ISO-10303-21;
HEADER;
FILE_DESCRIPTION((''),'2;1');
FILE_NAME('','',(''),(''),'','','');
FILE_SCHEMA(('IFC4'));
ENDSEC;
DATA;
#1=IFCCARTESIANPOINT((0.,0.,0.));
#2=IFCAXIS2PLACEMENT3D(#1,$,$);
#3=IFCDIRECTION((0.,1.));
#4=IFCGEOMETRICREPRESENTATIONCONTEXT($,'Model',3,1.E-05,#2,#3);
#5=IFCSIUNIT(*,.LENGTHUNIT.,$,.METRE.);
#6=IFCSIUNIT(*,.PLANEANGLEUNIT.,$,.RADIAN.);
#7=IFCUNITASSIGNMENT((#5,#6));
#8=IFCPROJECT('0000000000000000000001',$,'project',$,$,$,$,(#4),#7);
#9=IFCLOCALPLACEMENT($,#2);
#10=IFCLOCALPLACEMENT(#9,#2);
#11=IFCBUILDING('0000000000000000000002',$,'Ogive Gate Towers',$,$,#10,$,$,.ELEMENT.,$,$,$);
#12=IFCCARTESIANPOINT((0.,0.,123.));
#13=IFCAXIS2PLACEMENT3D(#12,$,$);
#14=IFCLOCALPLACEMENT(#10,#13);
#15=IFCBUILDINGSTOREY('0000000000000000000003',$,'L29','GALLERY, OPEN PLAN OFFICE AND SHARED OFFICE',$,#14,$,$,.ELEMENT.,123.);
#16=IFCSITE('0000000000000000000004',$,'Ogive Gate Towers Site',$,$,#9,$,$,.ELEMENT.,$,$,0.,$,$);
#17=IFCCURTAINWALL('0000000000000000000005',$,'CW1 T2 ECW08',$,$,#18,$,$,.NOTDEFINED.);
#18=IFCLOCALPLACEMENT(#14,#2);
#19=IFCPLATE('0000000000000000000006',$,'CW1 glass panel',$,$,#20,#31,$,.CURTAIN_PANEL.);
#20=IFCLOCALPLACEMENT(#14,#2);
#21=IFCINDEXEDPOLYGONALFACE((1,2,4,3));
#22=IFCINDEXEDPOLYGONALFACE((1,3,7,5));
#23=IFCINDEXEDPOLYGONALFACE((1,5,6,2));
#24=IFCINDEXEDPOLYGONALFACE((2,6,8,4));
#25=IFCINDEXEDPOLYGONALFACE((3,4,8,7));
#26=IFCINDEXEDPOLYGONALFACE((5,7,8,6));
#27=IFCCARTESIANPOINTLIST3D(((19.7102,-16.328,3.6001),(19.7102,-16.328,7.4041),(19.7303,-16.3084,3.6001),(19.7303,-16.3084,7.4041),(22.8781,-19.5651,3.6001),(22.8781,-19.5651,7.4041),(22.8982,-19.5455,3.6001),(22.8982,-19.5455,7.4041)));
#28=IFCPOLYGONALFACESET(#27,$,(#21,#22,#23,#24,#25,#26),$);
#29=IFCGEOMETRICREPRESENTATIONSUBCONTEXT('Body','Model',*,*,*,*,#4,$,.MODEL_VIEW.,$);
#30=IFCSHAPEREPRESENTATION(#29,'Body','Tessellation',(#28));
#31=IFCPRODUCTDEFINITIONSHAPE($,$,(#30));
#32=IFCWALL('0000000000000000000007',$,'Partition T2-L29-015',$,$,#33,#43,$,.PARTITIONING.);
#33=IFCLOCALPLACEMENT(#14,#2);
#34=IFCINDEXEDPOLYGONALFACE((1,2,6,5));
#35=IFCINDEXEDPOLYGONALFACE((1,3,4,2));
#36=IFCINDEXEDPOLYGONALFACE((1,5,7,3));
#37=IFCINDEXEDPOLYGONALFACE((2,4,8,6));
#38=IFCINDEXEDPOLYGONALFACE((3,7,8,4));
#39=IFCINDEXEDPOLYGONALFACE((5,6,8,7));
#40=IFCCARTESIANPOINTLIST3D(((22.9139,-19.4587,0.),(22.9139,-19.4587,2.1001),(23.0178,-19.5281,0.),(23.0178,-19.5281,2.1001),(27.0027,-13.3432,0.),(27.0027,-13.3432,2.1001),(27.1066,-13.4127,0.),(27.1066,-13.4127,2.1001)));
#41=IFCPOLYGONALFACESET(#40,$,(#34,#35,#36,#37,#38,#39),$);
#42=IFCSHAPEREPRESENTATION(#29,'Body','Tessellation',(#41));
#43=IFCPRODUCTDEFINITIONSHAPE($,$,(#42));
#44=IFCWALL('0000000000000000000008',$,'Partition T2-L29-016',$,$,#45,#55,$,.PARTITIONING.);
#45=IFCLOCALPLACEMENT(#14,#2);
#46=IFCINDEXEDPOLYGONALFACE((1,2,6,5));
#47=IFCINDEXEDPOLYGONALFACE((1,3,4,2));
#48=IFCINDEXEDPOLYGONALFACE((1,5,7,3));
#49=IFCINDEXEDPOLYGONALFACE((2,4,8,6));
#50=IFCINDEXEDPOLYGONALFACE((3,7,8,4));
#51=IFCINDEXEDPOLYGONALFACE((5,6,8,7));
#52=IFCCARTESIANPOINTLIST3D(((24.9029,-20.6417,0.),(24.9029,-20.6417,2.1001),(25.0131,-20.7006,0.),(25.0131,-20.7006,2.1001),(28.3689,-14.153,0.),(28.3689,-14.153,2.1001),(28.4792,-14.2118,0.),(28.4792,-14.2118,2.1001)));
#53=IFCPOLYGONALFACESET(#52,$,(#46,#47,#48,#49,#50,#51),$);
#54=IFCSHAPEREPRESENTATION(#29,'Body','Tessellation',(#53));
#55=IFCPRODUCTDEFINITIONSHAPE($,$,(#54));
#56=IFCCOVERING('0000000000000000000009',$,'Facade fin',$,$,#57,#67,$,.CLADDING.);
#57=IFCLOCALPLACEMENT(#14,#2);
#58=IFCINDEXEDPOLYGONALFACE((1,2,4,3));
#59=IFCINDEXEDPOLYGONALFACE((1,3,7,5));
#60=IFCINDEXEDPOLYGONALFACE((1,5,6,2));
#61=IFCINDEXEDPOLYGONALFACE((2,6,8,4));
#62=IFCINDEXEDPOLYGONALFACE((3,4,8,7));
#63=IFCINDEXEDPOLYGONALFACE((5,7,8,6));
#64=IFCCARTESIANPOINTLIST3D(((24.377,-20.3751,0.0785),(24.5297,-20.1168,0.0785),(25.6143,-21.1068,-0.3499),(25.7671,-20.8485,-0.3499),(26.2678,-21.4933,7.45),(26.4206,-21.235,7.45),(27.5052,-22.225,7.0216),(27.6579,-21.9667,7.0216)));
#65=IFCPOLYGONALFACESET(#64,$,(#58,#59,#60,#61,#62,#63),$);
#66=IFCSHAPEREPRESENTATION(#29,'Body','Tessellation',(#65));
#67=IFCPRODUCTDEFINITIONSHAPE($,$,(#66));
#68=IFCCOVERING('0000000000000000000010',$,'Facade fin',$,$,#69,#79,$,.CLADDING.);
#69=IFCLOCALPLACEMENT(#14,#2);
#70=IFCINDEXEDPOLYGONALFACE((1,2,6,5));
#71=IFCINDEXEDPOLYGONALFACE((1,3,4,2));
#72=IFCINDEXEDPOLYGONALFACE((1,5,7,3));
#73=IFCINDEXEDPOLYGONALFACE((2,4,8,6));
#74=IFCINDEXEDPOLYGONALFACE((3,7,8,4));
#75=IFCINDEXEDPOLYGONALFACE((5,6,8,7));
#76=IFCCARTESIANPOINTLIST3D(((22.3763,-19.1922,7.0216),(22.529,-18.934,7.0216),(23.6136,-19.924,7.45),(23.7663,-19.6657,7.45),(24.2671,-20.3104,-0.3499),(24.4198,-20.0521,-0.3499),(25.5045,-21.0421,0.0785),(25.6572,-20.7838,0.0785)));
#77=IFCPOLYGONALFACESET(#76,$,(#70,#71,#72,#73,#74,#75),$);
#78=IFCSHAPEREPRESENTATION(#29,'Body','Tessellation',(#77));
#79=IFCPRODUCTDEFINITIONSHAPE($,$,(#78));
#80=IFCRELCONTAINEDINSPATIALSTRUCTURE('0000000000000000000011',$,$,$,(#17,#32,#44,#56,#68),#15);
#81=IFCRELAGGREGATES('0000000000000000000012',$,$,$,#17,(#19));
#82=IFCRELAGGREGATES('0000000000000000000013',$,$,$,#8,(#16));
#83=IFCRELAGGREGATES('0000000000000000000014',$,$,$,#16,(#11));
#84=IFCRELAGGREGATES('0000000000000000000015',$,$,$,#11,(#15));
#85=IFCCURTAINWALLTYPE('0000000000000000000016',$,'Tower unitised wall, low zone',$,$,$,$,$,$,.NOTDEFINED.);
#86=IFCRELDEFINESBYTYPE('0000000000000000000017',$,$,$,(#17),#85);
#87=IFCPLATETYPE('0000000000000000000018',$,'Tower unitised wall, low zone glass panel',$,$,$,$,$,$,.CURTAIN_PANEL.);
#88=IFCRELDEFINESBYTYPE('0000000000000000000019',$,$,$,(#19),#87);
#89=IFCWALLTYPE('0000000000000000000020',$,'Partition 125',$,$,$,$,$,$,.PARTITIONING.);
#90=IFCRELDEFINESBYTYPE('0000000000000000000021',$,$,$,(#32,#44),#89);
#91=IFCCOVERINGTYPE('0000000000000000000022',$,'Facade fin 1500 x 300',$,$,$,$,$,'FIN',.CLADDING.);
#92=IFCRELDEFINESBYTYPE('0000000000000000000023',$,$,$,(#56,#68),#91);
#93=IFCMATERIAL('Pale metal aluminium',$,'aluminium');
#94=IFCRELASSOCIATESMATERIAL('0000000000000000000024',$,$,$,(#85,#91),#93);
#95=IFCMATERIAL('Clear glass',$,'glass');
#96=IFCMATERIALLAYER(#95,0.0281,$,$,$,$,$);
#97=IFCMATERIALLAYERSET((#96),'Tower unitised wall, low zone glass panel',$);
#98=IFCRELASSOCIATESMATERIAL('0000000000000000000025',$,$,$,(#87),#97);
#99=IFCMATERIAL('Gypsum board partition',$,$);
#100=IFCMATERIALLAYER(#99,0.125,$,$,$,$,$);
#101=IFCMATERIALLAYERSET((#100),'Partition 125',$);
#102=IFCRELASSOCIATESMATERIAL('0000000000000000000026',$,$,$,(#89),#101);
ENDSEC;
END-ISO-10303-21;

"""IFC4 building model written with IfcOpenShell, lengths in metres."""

from ifc_helpers import new_model, si_unit, direction, frame, frame_2d, origin, origin_2d, place, context, subcontext, project, spatial, rectangle, extrude, material, layer, layer_set, material_profile, profile_set, type_object, element, aggregate, save


model = new_model("IFC4")

# Units and contexts
model_context = context("Model", 3, precision=1e-05, world=origin(), true_north=direction((0.0, 1.0)))
body_context = subcontext(model_context, "Body", "Model", "MODEL_VIEW")
ifc_project = project(units=[si_unit("LENGTHUNIT", "METRE"), si_unit("PLANEANGLEUNIT", "RADIAN")], contexts=[model_context])

# Site, building, storey
site_placement = place(None, origin())
site = spatial("IfcSite", under=ifc_project, at=site_placement, Name="Ogive Gate Towers Site", CompositionType="ELEMENT", RefElevation=0.0)
building_placement = place(site_placement, origin())
building = spatial("IfcBuilding", under=site, at=building_placement, Name="Ogive Gate Towers", CompositionType="ELEMENT")
storey_placement = place(building_placement, frame((0.0, 0.0, 123.0)))
storey = spatial("IfcBuildingStorey", under=building, at=storey_placement, Name="L29", Description="GALLERY, OPEN PLAN OFFICE AND SHARED OFFICE", CompositionType="ELEMENT", Elevation=123.0)

# Shared definitions
ifc_material_1 = material(Name="Pale metal aluminium", Category="aluminium")
curtain_wall_type = type_object("IfcCurtainWallType", Name="Tower unitised wall, low zone", PredefinedType="NOTDEFINED", material=ifc_material_1)

# Curtain wall, plate
curtain_wall_1_placement = place(storey_placement, origin())
curtain_wall_1 = element("IfcCurtainWall", 1, at=curtain_wall_1_placement, inside=storey, type_object=curtain_wall_type, Name="CW1 T2 ECW08", PredefinedType="NOTDEFINED")
ifc_material_2 = material(Name="Clear glass", Category="glass")
ifc_layer_1 = layer(ifc_material_2, 0.0281)
ifc_layer_set_1 = layer_set([ifc_layer_1], Name="Tower unitised wall, low zone glass panel")
plate_type = type_object("IfcPlateType", Name="Tower unitised wall, low zone glass panel", PredefinedType="CURTAIN_PANEL", material=ifc_layer_set_1)
plate_1_placement = place(storey_placement, frame((21.3042, -17.9368, 3.6001), z_axis=(0.0, 0.0, 1.0), x_axis=(-0.699426, 0.714705, 0.0)))
plate_1 = element("IfcPlate", 2, at=plate_1_placement, type_object=plate_type, Name="CW1 glass panel", PredefinedType="CURTAIN_PANEL", context=body_context, shape_type="SweptSolid", body=[
    extrude(rectangle(XDim=4.5293, YDim=0.0281, at=origin_2d()), origin(), (0.0, 0.0, 1.0), 3.804),
])
aggregate(curtain_wall_1, [plate_1])

# Walls
ifc_material_3 = material(Name="Gypsum board partition")
ifc_layer_2 = layer(ifc_material_3, 0.125)
ifc_layer_set_2 = layer_set([ifc_layer_2], Name="Partition 125")
wall_type = type_object("IfcWallType", Name="Partition 125", PredefinedType="PARTITIONING", material=ifc_layer_set_2)
for number, where, z_axis, x_axis, name in (
    (3, (22.9658, -19.4934, 0.0), (0.0, 0.0, 1.0), (0.555818, 0.831304, 0.0), "Partition T2-L29-015"),
    (4, (24.958, -20.6711, 0.0), (0.0, 0.0, 1.0), (0.471158, 0.882049, 0.0), "Partition T2-L29-016"),
):
    element("IfcWall", number, at=place(storey_placement, frame(where, z_axis=z_axis, x_axis=x_axis)), inside=storey, type_object=wall_type, Name=name, PredefinedType="PARTITIONING", context=body_context, shape_type="SweptSolid", body=[
        extrude(rectangle(XDim=7.3564, YDim=0.125, at=frame_2d((3.6782, 0.0))), origin(), (0.0, 0.0, 1.0), 2.1001),
    ])

# Coverings
ifc_material_profile_1 = material_profile(ifc_material_1, rectangle(XDim=0.3, YDim=1.5, at=origin_2d()), Name="1500 x 300 pale metal aluminium")
ifc_profile_set_1 = profile_set([ifc_material_profile_1], Name="Pale metal aluminium")
covering_type = type_object("IfcCoveringType", Name="Facade fin 1500 x 300", ElementType="FIN", PredefinedType="CLADDING", material=ifc_profile_set_1)
for number, where, z_axis, x_axis, name in (
    (5, (25.072, -20.6118, -0.1357), (0.245825, -0.145368, 0.958352), (0.50901, 0.860761, 0.0), "Facade fin"),
    (6, (24.9622, -20.5471, -0.1357), (-0.245825, 0.145368, 0.958352), (-0.50901, -0.860761, 0.0), "Facade fin"),
):
    element("IfcCovering", number, at=place(storey_placement, frame(where, z_axis=z_axis, x_axis=x_axis)), inside=storey, type_object=covering_type, Name=name, PredefinedType="CLADDING", context=body_context, shape_type="SweptSolid", body=[
        extrude(rectangle(XDim=0.3, YDim=1.5, at=origin_2d()), origin(), (0.0, 0.0, 1.0), 7.6919),
    ])

save(model, "model.ifc")
